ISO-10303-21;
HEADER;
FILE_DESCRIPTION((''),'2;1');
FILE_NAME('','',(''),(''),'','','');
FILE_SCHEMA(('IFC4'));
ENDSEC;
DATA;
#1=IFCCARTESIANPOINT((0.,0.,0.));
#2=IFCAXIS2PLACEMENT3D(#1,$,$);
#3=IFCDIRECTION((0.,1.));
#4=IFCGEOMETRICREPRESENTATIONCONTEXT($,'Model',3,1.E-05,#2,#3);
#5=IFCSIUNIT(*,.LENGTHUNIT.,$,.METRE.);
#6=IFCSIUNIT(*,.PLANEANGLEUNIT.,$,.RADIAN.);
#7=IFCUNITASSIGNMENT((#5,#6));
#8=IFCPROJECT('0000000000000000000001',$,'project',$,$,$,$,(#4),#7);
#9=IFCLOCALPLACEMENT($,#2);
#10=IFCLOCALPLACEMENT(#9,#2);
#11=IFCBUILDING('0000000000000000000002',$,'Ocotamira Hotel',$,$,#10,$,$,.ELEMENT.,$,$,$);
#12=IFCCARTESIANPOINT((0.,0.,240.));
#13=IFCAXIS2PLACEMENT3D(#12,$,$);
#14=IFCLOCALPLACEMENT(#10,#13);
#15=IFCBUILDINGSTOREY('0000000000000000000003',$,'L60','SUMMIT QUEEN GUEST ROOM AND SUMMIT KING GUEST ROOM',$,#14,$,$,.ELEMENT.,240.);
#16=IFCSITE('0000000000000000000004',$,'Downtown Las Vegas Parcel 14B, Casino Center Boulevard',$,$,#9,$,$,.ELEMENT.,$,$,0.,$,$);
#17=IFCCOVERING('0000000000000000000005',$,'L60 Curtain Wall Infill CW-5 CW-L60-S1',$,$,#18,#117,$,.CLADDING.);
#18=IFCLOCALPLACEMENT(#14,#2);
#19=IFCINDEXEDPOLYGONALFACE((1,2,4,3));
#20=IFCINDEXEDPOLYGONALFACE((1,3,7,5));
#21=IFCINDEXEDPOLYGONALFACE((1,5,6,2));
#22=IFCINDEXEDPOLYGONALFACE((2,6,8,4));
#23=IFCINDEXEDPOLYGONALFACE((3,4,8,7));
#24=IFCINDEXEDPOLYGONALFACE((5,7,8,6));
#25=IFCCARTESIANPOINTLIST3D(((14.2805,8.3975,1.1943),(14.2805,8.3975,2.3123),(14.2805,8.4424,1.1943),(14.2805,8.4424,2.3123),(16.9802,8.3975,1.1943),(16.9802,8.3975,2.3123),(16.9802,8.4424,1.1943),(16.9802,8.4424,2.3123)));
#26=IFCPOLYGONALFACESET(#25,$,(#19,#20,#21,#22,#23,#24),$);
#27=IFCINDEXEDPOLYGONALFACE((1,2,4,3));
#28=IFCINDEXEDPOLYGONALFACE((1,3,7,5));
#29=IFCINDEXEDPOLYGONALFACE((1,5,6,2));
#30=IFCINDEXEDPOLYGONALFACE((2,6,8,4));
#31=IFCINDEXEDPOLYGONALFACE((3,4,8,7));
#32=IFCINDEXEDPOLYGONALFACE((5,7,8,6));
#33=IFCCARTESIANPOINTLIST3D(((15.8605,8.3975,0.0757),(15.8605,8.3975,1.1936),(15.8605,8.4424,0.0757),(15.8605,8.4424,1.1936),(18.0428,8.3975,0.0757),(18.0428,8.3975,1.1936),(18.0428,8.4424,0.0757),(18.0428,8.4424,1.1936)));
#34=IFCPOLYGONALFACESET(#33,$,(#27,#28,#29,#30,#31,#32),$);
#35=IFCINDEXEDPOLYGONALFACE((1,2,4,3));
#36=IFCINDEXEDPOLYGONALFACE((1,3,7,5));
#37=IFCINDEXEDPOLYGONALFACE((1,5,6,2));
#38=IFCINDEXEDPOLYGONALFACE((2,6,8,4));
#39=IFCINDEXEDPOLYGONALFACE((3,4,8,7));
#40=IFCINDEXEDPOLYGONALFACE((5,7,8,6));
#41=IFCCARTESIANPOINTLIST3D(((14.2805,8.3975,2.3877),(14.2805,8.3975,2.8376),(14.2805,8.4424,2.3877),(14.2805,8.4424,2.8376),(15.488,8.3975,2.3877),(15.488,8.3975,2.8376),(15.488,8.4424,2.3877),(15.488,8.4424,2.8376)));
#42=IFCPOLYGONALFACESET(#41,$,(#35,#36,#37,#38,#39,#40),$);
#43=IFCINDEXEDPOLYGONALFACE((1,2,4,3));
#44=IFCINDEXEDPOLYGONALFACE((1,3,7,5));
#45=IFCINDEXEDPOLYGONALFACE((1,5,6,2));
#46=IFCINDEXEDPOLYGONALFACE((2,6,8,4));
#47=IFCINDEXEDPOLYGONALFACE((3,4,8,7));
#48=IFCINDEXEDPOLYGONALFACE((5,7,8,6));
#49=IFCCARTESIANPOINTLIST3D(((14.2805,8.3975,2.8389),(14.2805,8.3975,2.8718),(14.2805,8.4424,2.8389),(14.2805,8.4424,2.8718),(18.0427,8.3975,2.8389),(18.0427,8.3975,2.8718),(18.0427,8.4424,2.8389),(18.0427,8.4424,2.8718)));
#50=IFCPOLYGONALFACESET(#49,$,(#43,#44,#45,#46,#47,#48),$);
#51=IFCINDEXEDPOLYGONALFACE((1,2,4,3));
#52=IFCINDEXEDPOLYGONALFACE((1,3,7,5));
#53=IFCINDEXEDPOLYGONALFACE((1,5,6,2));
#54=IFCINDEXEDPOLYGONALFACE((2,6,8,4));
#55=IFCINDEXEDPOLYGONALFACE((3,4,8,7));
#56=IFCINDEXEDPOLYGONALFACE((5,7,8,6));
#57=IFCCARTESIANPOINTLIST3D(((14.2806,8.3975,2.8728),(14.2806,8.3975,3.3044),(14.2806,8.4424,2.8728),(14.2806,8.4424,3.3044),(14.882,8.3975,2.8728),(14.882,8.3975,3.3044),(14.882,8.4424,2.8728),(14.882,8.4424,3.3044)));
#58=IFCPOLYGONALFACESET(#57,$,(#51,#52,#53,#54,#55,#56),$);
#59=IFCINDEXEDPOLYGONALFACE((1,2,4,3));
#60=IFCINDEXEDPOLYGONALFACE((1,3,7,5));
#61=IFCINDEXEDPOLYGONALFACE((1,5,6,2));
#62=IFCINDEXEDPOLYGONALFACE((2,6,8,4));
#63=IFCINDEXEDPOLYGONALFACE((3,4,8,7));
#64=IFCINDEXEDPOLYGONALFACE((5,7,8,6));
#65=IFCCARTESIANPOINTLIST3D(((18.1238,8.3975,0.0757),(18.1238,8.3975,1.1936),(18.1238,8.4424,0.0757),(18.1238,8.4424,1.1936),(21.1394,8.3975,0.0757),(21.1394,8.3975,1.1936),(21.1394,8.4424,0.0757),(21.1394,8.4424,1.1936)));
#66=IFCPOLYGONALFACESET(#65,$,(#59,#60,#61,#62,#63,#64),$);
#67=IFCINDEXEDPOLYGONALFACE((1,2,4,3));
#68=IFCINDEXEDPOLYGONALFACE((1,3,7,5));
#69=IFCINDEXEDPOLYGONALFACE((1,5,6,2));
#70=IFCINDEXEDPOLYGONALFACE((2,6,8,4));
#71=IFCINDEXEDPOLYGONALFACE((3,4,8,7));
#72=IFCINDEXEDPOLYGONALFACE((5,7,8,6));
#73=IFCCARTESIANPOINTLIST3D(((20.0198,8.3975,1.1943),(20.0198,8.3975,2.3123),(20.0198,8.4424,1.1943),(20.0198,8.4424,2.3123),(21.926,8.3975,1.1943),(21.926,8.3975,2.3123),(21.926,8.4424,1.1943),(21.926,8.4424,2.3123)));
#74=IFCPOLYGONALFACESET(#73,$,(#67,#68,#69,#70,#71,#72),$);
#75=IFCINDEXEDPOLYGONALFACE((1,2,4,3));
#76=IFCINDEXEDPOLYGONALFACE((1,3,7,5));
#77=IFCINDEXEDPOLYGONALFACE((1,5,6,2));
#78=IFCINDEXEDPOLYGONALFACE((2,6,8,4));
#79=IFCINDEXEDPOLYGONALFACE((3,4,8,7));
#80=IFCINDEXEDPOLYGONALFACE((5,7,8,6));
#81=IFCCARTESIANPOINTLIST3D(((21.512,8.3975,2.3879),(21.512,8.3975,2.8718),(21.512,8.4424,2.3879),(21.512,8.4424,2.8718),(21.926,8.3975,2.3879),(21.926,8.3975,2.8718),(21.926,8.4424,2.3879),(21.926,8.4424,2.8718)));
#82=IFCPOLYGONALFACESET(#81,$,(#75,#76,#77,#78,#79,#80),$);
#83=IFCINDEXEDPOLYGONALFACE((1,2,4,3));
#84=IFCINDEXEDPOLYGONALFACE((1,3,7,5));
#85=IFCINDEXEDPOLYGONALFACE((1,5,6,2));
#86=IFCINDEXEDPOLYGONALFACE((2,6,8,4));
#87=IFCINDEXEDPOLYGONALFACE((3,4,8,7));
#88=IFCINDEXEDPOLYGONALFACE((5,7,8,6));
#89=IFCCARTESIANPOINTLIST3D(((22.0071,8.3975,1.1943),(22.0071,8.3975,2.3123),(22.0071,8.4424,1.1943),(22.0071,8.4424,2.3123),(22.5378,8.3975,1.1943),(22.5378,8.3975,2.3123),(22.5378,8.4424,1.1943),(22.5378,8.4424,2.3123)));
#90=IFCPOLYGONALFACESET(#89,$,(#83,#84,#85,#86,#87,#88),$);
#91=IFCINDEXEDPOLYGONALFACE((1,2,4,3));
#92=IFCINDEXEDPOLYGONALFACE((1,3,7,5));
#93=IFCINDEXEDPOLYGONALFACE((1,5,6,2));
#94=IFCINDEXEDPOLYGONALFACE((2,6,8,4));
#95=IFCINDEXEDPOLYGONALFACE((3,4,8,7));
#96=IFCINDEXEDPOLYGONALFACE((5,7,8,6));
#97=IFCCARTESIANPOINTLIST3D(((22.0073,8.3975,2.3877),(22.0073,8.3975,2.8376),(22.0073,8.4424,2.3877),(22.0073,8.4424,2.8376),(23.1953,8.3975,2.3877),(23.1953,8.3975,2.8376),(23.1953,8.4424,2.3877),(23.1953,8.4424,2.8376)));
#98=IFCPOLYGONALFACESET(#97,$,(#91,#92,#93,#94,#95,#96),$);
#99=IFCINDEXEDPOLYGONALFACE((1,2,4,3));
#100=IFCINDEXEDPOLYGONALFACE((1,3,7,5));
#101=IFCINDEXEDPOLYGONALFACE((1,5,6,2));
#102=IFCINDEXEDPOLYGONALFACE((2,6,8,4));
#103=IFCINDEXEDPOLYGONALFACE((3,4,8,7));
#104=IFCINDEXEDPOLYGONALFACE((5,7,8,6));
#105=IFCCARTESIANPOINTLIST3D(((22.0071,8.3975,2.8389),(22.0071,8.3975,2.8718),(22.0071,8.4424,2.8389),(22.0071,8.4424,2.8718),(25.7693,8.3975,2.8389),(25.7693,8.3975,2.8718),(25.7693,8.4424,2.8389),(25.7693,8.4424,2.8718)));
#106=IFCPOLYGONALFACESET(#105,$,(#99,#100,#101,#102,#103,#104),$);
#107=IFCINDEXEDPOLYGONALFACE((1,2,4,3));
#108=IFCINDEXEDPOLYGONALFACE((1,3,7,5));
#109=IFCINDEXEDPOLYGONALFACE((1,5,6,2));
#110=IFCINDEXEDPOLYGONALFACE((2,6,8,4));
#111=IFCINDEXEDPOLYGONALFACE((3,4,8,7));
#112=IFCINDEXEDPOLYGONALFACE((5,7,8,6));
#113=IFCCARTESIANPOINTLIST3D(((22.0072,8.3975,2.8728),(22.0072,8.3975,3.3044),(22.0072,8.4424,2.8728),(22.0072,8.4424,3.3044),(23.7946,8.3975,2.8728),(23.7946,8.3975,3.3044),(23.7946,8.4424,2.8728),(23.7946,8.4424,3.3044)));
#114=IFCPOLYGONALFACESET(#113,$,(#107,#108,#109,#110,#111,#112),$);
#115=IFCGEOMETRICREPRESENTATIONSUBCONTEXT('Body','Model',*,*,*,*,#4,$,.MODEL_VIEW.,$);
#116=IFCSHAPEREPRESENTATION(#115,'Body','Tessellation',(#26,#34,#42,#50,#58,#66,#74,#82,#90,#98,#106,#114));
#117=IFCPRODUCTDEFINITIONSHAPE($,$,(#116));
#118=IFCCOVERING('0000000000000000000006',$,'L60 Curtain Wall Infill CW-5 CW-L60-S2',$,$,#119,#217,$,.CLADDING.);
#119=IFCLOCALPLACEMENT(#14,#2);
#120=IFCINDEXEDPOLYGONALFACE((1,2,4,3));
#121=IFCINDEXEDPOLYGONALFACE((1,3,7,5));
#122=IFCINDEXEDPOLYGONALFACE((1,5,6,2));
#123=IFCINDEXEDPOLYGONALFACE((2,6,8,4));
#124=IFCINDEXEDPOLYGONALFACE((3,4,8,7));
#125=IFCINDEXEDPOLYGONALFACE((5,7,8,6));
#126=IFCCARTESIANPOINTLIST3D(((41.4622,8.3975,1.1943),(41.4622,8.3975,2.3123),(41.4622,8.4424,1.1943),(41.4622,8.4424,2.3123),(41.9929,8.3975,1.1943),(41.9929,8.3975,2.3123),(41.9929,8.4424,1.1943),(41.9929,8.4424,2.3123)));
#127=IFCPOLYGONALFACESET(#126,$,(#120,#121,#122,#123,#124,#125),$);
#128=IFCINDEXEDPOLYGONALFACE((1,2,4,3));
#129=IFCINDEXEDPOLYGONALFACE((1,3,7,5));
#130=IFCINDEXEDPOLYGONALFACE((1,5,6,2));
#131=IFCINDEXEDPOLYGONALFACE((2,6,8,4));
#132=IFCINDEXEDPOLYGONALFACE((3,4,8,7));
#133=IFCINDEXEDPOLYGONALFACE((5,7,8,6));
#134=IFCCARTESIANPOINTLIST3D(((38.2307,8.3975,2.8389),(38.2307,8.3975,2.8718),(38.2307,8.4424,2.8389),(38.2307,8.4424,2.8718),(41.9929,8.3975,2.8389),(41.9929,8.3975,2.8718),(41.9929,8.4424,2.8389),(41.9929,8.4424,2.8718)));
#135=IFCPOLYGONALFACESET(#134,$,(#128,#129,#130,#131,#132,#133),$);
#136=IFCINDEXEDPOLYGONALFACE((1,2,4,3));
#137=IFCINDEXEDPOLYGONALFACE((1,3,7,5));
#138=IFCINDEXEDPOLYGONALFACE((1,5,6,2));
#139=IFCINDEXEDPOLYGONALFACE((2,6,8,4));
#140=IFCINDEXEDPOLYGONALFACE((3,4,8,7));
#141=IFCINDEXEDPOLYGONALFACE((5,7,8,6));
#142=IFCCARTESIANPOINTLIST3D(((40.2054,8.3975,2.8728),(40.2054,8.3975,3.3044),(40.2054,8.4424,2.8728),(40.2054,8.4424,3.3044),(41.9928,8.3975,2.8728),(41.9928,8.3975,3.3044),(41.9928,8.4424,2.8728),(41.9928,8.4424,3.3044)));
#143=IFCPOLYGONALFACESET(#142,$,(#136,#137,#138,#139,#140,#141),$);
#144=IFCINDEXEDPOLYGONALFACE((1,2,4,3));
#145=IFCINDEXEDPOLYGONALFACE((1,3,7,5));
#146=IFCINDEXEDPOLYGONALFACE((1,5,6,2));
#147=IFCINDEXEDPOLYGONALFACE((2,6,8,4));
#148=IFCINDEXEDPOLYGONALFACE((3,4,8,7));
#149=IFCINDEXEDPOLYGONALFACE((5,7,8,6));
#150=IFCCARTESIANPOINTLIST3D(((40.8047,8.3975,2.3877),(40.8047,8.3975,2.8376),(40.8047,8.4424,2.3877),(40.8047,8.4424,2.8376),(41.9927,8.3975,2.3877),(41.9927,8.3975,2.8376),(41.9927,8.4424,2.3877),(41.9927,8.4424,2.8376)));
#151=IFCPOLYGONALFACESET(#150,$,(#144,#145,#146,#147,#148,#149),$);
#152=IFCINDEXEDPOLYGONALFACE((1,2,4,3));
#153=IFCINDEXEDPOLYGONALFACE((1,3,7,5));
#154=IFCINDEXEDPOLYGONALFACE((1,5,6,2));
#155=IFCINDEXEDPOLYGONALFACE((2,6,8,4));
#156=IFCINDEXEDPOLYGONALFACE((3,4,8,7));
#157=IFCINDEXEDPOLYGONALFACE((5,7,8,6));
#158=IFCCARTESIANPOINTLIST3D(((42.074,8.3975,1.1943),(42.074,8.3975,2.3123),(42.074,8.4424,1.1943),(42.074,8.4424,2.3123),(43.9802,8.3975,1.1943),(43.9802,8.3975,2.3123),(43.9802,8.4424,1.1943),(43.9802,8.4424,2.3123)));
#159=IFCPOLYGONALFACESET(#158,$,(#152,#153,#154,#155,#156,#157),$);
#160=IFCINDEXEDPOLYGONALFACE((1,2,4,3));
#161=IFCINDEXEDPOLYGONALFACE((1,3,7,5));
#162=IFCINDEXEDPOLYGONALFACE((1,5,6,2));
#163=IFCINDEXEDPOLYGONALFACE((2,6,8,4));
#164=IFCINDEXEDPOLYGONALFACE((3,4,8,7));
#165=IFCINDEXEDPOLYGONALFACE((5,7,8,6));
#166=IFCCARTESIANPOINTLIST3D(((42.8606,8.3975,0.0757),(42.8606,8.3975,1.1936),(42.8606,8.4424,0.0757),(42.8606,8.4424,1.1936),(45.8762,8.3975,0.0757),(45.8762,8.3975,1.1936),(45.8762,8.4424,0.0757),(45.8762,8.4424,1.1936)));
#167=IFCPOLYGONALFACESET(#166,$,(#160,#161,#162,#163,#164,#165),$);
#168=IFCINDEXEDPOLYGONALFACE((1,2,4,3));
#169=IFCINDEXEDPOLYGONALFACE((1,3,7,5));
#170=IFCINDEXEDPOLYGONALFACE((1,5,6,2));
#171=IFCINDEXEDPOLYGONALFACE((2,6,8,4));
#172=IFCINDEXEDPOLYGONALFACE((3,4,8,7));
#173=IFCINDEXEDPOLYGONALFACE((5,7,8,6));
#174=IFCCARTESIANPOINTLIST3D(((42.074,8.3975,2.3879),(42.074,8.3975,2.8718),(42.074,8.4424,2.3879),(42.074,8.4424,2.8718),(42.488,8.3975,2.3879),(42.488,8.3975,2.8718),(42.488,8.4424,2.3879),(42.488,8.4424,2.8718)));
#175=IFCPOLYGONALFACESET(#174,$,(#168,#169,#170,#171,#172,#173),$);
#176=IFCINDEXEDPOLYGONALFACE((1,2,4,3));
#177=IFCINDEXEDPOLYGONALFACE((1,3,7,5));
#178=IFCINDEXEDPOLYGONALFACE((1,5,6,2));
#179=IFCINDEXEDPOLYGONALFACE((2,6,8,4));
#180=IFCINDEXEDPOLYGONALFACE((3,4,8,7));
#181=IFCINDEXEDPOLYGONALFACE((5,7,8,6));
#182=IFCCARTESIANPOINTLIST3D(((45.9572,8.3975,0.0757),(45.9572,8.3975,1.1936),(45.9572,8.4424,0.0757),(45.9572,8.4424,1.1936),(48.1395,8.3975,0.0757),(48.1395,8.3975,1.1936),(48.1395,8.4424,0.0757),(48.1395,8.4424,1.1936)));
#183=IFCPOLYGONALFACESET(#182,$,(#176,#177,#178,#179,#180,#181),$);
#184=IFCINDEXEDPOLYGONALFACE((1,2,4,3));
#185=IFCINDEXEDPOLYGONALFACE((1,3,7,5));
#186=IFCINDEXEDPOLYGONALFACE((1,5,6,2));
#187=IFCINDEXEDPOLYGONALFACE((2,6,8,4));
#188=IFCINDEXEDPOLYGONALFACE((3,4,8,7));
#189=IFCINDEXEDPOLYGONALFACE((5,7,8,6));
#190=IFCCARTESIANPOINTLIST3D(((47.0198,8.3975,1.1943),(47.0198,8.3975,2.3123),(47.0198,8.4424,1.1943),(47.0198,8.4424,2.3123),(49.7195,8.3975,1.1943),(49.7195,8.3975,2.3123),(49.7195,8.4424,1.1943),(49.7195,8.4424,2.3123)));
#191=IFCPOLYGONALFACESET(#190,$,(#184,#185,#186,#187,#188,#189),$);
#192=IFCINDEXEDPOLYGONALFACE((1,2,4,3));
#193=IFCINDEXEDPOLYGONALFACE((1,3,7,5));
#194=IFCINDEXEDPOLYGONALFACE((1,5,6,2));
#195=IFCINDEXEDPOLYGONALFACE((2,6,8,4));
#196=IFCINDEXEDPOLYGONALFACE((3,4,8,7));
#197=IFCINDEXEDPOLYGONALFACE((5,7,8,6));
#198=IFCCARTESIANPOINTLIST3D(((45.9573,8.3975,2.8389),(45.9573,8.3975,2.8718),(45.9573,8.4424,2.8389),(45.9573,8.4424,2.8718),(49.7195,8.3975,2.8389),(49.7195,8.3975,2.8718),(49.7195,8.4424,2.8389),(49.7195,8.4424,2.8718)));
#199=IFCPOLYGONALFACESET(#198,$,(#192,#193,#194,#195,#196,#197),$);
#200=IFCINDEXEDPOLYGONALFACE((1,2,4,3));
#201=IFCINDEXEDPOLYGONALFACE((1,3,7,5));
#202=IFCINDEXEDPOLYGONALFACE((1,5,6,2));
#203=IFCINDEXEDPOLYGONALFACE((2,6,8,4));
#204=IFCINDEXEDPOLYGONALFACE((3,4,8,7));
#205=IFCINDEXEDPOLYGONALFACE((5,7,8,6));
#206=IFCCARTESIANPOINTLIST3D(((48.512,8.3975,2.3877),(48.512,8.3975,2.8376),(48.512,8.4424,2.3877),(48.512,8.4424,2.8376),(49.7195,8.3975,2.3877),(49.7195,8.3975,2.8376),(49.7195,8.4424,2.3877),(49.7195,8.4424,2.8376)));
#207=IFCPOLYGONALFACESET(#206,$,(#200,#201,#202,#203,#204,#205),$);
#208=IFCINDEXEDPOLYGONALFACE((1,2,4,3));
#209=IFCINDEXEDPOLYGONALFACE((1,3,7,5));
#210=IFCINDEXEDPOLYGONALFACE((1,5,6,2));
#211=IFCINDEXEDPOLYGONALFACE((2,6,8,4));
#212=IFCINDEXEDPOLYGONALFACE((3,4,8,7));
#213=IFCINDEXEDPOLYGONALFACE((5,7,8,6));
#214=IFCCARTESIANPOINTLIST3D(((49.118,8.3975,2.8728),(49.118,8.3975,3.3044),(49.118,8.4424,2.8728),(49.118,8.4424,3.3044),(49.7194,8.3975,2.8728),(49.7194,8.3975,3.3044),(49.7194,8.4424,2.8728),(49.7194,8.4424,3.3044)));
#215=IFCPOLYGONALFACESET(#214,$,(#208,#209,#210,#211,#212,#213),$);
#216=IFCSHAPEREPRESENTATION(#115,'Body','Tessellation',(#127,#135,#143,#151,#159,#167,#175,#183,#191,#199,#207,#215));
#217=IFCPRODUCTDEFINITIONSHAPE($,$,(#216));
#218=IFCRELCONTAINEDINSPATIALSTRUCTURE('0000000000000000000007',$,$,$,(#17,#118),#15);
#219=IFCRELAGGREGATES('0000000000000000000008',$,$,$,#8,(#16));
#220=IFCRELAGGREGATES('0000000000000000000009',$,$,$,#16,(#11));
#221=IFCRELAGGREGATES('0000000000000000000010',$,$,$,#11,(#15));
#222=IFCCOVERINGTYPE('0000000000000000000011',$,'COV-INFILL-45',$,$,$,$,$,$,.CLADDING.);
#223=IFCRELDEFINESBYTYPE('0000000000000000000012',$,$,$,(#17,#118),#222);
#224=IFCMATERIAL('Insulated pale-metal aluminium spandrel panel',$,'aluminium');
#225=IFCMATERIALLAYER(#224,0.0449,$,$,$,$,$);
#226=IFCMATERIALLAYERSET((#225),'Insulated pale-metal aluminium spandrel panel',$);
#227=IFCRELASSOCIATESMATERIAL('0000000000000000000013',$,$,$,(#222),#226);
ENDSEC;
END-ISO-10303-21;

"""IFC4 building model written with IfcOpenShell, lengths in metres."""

from ifc_helpers import new_model, si_unit, direction, frame, origin, origin_2d, place, context, subcontext, project, spatial, rectangle, extrude, material, layer, layer_set, type_object, element, save


model = new_model("IFC4")

# Units and contexts
model_context = context("Model", 3, precision=1e-05, world=origin(), true_north=direction((0.0, 1.0)))
body_context = subcontext(model_context, "Body", "Model", "MODEL_VIEW")
ifc_project = project(units=[si_unit("LENGTHUNIT", "METRE"), si_unit("PLANEANGLEUNIT", "RADIAN")], contexts=[model_context])

# Site, building, storey
site_placement = place(None, origin())
site = spatial("IfcSite", under=ifc_project, at=site_placement, Name="Downtown Las Vegas Parcel 14B, Casino Center Boulevard", CompositionType="ELEMENT", RefElevation=0.0)
building_placement = place(site_placement, origin())
building = spatial("IfcBuilding", under=site, at=building_placement, Name="Ocotamira Hotel", CompositionType="ELEMENT")
storey_placement = place(building_placement, frame((0.0, 0.0, 240.0)))
storey = spatial("IfcBuildingStorey", under=building, at=storey_placement, Name="L60", Description="SUMMIT QUEEN GUEST ROOM AND SUMMIT KING GUEST ROOM", CompositionType="ELEMENT", Elevation=240.0)

# Coverings
ifc_material_1 = material(Name="Insulated pale-metal aluminium spandrel panel", Category="aluminium")
ifc_layer_1 = layer(ifc_material_1, 0.0449)
ifc_layer_set_1 = layer_set([ifc_layer_1], Name="Insulated pale-metal aluminium spandrel panel")
covering_type_1 = type_object("IfcCoveringType", Name="COV-INFILL-45", PredefinedType="CLADDING", material=ifc_layer_set_1)
covering_1_placement = place(storey_placement, origin())
element("IfcCovering", 1, at=covering_1_placement, inside=storey, type_object=covering_type_1, Name="L60 Curtain Wall Infill CW-5 CW-L60-S1", PredefinedType="CLADDING", context=body_context, shape_type="SweptSolid", body=[
    extrude(rectangle(XDim=2.6997, YDim=0.0449, at=origin_2d()), frame((15.6304, 8.4199, 1.1943), z_axis=(0.0, 0.0, 1.0), x_axis=(1.0, 0.0, 0.0)), (0.0, 0.0, 1.0), 1.1179),
    extrude(rectangle(XDim=2.1824, YDim=0.0449, at=origin_2d()), frame((16.9517, 8.4199, 0.0757), z_axis=(0.0, 0.0, 1.0), x_axis=(1.0, 0.0, 0.0)), (0.0, 0.0, 1.0), 1.1179),
    extrude(rectangle(XDim=1.2075, YDim=0.0449, at=origin_2d()), frame((14.8843, 8.4199, 2.3877), z_axis=(0.0, 0.0, 1.0), x_axis=(1.0, 0.0, 0.0)), (0.0, 0.0, 1.0), 0.45),
    extrude(rectangle(XDim=3.7622, YDim=0.0449, at=origin_2d()), frame((16.1616, 8.4199, 2.8389), z_axis=(0.0, 0.0, 1.0), x_axis=(1.0, 0.0, 0.0)), (0.0, 0.0, 1.0), 0.033),
    extrude(rectangle(XDim=0.6013, YDim=0.0449, at=origin_2d()), frame((14.5813, 8.4199, 2.8728), z_axis=(0.0, 0.0, 1.0), x_axis=(1.0, 0.0, 0.0)), (0.0, 0.0, 1.0), 0.4316),
    extrude(rectangle(XDim=3.0156, YDim=0.0449, at=origin_2d()), frame((19.6316, 8.4199, 0.0757), z_axis=(0.0, 0.0, 1.0), x_axis=(1.0, 0.0, 0.0)), (0.0, 0.0, 1.0), 1.1179),
    extrude(rectangle(XDim=1.9062, YDim=0.0449, at=origin_2d()), frame((20.9729, 8.4199, 1.1943), z_axis=(0.0, 0.0, 1.0), x_axis=(1.0, 0.0, 0.0)), (0.0, 0.0, 1.0), 1.1179),
    extrude(rectangle(XDim=0.4141, YDim=0.0449, at=origin_2d()), frame((21.719, 8.4199, 2.3879), z_axis=(0.0, 0.0, 1.0), x_axis=(1.0, 0.0, 0.0)), (0.0, 0.0, 1.0), 0.4839),
    extrude(rectangle(XDim=0.5308, YDim=0.0449, at=origin_2d()), frame((22.2725, 8.4199, 1.1943), z_axis=(0.0, 0.0, 1.0), x_axis=(1.0, 0.0, 0.0)), (0.0, 0.0, 1.0), 1.1179),
    extrude(rectangle(XDim=1.188, YDim=0.0449, at=origin_2d()), frame((22.6013, 8.4199, 2.3877), z_axis=(0.0, 0.0, 1.0), x_axis=(1.0, 0.0, 0.0)), (0.0, 0.0, 1.0), 0.45),
    extrude(rectangle(XDim=3.7622, YDim=0.0449, at=origin_2d()), frame((23.8882, 8.4199, 2.8389), z_axis=(0.0, 0.0, 1.0), x_axis=(1.0, 0.0, 0.0)), (0.0, 0.0, 1.0), 0.033),
    extrude(rectangle(XDim=1.7874, YDim=0.0449, at=origin_2d()), frame((22.9009, 8.4199, 2.8728), z_axis=(0.0, 0.0, 1.0), x_axis=(1.0, 0.0, 0.0)), (0.0, 0.0, 1.0), 0.4316),
])
covering_2_placement = place(storey_placement, origin())
element("IfcCovering", 2, at=covering_2_placement, inside=storey, type_object=covering_type_1, Name="L60 Curtain Wall Infill CW-5 CW-L60-S2", PredefinedType="CLADDING", context=body_context, shape_type="SweptSolid", body=[
    extrude(rectangle(XDim=0.5308, YDim=0.0449, at=origin_2d()), frame((41.7275, 8.4199, 1.1943), z_axis=(0.0, 0.0, 1.0), x_axis=(1.0, 0.0, 0.0)), (0.0, 0.0, 1.0), 1.1179),
    extrude(rectangle(XDim=3.7622, YDim=0.0449, at=origin_2d()), frame((40.1118, 8.4199, 2.8389), z_axis=(0.0, 0.0, 1.0), x_axis=(1.0, 0.0, 0.0)), (0.0, 0.0, 1.0), 0.033),
    extrude(rectangle(XDim=1.7874, YDim=0.0449, at=origin_2d()), frame((41.0991, 8.4199, 2.8728), z_axis=(0.0, 0.0, 1.0), x_axis=(1.0, 0.0, 0.0)), (0.0, 0.0, 1.0), 0.4316),
    extrude(rectangle(XDim=1.188, YDim=0.0449, at=origin_2d()), frame((41.3987, 8.4199, 2.3877), z_axis=(0.0, 0.0, 1.0), x_axis=(1.0, 0.0, 0.0)), (0.0, 0.0, 1.0), 0.45),
    extrude(rectangle(XDim=1.9062, YDim=0.0449, at=origin_2d()), frame((43.0271, 8.4199, 1.1943), z_axis=(0.0, 0.0, 1.0), x_axis=(1.0, 0.0, 0.0)), (0.0, 0.0, 1.0), 1.1179),
    extrude(rectangle(XDim=3.0156, YDim=0.0449, at=origin_2d()), frame((44.3684, 8.4199, 0.0757), z_axis=(0.0, 0.0, 1.0), x_axis=(1.0, 0.0, 0.0)), (0.0, 0.0, 1.0), 1.1179),
    extrude(rectangle(XDim=0.4141, YDim=0.0449, at=origin_2d()), frame((42.281, 8.4199, 2.3879), z_axis=(0.0, 0.0, 1.0), x_axis=(1.0, 0.0, 0.0)), (0.0, 0.0, 1.0), 0.4839),
    extrude(rectangle(XDim=2.1824, YDim=0.0449, at=origin_2d()), frame((47.0483, 8.4199, 0.0757), z_axis=(0.0, 0.0, 1.0), x_axis=(1.0, 0.0, 0.0)), (0.0, 0.0, 1.0), 1.1179),
    extrude(rectangle(XDim=2.6997, YDim=0.0449, at=origin_2d()), frame((48.3696, 8.4199, 1.1943), z_axis=(0.0, 0.0, 1.0), x_axis=(1.0, 0.0, 0.0)), (0.0, 0.0, 1.0), 1.1179),
    extrude(rectangle(XDim=3.7622, YDim=0.0449, at=origin_2d()), frame((47.8384, 8.4199, 2.8389), z_axis=(0.0, 0.0, 1.0), x_axis=(1.0, 0.0, 0.0)), (0.0, 0.0, 1.0), 0.033),
    extrude(rectangle(XDim=1.2075, YDim=0.0449, at=origin_2d()), frame((49.1157, 8.4199, 2.3877), z_axis=(0.0, 0.0, 1.0), x_axis=(1.0, 0.0, 0.0)), (0.0, 0.0, 1.0), 0.45),
    extrude(rectangle(XDim=0.6013, YDim=0.0449, at=origin_2d()), frame((49.4187, 8.4199, 2.8728), z_axis=(0.0, 0.0, 1.0), x_axis=(1.0, 0.0, 0.0)), (0.0, 0.0, 1.0), 0.4316),
])

save(model, "model.ifc")
